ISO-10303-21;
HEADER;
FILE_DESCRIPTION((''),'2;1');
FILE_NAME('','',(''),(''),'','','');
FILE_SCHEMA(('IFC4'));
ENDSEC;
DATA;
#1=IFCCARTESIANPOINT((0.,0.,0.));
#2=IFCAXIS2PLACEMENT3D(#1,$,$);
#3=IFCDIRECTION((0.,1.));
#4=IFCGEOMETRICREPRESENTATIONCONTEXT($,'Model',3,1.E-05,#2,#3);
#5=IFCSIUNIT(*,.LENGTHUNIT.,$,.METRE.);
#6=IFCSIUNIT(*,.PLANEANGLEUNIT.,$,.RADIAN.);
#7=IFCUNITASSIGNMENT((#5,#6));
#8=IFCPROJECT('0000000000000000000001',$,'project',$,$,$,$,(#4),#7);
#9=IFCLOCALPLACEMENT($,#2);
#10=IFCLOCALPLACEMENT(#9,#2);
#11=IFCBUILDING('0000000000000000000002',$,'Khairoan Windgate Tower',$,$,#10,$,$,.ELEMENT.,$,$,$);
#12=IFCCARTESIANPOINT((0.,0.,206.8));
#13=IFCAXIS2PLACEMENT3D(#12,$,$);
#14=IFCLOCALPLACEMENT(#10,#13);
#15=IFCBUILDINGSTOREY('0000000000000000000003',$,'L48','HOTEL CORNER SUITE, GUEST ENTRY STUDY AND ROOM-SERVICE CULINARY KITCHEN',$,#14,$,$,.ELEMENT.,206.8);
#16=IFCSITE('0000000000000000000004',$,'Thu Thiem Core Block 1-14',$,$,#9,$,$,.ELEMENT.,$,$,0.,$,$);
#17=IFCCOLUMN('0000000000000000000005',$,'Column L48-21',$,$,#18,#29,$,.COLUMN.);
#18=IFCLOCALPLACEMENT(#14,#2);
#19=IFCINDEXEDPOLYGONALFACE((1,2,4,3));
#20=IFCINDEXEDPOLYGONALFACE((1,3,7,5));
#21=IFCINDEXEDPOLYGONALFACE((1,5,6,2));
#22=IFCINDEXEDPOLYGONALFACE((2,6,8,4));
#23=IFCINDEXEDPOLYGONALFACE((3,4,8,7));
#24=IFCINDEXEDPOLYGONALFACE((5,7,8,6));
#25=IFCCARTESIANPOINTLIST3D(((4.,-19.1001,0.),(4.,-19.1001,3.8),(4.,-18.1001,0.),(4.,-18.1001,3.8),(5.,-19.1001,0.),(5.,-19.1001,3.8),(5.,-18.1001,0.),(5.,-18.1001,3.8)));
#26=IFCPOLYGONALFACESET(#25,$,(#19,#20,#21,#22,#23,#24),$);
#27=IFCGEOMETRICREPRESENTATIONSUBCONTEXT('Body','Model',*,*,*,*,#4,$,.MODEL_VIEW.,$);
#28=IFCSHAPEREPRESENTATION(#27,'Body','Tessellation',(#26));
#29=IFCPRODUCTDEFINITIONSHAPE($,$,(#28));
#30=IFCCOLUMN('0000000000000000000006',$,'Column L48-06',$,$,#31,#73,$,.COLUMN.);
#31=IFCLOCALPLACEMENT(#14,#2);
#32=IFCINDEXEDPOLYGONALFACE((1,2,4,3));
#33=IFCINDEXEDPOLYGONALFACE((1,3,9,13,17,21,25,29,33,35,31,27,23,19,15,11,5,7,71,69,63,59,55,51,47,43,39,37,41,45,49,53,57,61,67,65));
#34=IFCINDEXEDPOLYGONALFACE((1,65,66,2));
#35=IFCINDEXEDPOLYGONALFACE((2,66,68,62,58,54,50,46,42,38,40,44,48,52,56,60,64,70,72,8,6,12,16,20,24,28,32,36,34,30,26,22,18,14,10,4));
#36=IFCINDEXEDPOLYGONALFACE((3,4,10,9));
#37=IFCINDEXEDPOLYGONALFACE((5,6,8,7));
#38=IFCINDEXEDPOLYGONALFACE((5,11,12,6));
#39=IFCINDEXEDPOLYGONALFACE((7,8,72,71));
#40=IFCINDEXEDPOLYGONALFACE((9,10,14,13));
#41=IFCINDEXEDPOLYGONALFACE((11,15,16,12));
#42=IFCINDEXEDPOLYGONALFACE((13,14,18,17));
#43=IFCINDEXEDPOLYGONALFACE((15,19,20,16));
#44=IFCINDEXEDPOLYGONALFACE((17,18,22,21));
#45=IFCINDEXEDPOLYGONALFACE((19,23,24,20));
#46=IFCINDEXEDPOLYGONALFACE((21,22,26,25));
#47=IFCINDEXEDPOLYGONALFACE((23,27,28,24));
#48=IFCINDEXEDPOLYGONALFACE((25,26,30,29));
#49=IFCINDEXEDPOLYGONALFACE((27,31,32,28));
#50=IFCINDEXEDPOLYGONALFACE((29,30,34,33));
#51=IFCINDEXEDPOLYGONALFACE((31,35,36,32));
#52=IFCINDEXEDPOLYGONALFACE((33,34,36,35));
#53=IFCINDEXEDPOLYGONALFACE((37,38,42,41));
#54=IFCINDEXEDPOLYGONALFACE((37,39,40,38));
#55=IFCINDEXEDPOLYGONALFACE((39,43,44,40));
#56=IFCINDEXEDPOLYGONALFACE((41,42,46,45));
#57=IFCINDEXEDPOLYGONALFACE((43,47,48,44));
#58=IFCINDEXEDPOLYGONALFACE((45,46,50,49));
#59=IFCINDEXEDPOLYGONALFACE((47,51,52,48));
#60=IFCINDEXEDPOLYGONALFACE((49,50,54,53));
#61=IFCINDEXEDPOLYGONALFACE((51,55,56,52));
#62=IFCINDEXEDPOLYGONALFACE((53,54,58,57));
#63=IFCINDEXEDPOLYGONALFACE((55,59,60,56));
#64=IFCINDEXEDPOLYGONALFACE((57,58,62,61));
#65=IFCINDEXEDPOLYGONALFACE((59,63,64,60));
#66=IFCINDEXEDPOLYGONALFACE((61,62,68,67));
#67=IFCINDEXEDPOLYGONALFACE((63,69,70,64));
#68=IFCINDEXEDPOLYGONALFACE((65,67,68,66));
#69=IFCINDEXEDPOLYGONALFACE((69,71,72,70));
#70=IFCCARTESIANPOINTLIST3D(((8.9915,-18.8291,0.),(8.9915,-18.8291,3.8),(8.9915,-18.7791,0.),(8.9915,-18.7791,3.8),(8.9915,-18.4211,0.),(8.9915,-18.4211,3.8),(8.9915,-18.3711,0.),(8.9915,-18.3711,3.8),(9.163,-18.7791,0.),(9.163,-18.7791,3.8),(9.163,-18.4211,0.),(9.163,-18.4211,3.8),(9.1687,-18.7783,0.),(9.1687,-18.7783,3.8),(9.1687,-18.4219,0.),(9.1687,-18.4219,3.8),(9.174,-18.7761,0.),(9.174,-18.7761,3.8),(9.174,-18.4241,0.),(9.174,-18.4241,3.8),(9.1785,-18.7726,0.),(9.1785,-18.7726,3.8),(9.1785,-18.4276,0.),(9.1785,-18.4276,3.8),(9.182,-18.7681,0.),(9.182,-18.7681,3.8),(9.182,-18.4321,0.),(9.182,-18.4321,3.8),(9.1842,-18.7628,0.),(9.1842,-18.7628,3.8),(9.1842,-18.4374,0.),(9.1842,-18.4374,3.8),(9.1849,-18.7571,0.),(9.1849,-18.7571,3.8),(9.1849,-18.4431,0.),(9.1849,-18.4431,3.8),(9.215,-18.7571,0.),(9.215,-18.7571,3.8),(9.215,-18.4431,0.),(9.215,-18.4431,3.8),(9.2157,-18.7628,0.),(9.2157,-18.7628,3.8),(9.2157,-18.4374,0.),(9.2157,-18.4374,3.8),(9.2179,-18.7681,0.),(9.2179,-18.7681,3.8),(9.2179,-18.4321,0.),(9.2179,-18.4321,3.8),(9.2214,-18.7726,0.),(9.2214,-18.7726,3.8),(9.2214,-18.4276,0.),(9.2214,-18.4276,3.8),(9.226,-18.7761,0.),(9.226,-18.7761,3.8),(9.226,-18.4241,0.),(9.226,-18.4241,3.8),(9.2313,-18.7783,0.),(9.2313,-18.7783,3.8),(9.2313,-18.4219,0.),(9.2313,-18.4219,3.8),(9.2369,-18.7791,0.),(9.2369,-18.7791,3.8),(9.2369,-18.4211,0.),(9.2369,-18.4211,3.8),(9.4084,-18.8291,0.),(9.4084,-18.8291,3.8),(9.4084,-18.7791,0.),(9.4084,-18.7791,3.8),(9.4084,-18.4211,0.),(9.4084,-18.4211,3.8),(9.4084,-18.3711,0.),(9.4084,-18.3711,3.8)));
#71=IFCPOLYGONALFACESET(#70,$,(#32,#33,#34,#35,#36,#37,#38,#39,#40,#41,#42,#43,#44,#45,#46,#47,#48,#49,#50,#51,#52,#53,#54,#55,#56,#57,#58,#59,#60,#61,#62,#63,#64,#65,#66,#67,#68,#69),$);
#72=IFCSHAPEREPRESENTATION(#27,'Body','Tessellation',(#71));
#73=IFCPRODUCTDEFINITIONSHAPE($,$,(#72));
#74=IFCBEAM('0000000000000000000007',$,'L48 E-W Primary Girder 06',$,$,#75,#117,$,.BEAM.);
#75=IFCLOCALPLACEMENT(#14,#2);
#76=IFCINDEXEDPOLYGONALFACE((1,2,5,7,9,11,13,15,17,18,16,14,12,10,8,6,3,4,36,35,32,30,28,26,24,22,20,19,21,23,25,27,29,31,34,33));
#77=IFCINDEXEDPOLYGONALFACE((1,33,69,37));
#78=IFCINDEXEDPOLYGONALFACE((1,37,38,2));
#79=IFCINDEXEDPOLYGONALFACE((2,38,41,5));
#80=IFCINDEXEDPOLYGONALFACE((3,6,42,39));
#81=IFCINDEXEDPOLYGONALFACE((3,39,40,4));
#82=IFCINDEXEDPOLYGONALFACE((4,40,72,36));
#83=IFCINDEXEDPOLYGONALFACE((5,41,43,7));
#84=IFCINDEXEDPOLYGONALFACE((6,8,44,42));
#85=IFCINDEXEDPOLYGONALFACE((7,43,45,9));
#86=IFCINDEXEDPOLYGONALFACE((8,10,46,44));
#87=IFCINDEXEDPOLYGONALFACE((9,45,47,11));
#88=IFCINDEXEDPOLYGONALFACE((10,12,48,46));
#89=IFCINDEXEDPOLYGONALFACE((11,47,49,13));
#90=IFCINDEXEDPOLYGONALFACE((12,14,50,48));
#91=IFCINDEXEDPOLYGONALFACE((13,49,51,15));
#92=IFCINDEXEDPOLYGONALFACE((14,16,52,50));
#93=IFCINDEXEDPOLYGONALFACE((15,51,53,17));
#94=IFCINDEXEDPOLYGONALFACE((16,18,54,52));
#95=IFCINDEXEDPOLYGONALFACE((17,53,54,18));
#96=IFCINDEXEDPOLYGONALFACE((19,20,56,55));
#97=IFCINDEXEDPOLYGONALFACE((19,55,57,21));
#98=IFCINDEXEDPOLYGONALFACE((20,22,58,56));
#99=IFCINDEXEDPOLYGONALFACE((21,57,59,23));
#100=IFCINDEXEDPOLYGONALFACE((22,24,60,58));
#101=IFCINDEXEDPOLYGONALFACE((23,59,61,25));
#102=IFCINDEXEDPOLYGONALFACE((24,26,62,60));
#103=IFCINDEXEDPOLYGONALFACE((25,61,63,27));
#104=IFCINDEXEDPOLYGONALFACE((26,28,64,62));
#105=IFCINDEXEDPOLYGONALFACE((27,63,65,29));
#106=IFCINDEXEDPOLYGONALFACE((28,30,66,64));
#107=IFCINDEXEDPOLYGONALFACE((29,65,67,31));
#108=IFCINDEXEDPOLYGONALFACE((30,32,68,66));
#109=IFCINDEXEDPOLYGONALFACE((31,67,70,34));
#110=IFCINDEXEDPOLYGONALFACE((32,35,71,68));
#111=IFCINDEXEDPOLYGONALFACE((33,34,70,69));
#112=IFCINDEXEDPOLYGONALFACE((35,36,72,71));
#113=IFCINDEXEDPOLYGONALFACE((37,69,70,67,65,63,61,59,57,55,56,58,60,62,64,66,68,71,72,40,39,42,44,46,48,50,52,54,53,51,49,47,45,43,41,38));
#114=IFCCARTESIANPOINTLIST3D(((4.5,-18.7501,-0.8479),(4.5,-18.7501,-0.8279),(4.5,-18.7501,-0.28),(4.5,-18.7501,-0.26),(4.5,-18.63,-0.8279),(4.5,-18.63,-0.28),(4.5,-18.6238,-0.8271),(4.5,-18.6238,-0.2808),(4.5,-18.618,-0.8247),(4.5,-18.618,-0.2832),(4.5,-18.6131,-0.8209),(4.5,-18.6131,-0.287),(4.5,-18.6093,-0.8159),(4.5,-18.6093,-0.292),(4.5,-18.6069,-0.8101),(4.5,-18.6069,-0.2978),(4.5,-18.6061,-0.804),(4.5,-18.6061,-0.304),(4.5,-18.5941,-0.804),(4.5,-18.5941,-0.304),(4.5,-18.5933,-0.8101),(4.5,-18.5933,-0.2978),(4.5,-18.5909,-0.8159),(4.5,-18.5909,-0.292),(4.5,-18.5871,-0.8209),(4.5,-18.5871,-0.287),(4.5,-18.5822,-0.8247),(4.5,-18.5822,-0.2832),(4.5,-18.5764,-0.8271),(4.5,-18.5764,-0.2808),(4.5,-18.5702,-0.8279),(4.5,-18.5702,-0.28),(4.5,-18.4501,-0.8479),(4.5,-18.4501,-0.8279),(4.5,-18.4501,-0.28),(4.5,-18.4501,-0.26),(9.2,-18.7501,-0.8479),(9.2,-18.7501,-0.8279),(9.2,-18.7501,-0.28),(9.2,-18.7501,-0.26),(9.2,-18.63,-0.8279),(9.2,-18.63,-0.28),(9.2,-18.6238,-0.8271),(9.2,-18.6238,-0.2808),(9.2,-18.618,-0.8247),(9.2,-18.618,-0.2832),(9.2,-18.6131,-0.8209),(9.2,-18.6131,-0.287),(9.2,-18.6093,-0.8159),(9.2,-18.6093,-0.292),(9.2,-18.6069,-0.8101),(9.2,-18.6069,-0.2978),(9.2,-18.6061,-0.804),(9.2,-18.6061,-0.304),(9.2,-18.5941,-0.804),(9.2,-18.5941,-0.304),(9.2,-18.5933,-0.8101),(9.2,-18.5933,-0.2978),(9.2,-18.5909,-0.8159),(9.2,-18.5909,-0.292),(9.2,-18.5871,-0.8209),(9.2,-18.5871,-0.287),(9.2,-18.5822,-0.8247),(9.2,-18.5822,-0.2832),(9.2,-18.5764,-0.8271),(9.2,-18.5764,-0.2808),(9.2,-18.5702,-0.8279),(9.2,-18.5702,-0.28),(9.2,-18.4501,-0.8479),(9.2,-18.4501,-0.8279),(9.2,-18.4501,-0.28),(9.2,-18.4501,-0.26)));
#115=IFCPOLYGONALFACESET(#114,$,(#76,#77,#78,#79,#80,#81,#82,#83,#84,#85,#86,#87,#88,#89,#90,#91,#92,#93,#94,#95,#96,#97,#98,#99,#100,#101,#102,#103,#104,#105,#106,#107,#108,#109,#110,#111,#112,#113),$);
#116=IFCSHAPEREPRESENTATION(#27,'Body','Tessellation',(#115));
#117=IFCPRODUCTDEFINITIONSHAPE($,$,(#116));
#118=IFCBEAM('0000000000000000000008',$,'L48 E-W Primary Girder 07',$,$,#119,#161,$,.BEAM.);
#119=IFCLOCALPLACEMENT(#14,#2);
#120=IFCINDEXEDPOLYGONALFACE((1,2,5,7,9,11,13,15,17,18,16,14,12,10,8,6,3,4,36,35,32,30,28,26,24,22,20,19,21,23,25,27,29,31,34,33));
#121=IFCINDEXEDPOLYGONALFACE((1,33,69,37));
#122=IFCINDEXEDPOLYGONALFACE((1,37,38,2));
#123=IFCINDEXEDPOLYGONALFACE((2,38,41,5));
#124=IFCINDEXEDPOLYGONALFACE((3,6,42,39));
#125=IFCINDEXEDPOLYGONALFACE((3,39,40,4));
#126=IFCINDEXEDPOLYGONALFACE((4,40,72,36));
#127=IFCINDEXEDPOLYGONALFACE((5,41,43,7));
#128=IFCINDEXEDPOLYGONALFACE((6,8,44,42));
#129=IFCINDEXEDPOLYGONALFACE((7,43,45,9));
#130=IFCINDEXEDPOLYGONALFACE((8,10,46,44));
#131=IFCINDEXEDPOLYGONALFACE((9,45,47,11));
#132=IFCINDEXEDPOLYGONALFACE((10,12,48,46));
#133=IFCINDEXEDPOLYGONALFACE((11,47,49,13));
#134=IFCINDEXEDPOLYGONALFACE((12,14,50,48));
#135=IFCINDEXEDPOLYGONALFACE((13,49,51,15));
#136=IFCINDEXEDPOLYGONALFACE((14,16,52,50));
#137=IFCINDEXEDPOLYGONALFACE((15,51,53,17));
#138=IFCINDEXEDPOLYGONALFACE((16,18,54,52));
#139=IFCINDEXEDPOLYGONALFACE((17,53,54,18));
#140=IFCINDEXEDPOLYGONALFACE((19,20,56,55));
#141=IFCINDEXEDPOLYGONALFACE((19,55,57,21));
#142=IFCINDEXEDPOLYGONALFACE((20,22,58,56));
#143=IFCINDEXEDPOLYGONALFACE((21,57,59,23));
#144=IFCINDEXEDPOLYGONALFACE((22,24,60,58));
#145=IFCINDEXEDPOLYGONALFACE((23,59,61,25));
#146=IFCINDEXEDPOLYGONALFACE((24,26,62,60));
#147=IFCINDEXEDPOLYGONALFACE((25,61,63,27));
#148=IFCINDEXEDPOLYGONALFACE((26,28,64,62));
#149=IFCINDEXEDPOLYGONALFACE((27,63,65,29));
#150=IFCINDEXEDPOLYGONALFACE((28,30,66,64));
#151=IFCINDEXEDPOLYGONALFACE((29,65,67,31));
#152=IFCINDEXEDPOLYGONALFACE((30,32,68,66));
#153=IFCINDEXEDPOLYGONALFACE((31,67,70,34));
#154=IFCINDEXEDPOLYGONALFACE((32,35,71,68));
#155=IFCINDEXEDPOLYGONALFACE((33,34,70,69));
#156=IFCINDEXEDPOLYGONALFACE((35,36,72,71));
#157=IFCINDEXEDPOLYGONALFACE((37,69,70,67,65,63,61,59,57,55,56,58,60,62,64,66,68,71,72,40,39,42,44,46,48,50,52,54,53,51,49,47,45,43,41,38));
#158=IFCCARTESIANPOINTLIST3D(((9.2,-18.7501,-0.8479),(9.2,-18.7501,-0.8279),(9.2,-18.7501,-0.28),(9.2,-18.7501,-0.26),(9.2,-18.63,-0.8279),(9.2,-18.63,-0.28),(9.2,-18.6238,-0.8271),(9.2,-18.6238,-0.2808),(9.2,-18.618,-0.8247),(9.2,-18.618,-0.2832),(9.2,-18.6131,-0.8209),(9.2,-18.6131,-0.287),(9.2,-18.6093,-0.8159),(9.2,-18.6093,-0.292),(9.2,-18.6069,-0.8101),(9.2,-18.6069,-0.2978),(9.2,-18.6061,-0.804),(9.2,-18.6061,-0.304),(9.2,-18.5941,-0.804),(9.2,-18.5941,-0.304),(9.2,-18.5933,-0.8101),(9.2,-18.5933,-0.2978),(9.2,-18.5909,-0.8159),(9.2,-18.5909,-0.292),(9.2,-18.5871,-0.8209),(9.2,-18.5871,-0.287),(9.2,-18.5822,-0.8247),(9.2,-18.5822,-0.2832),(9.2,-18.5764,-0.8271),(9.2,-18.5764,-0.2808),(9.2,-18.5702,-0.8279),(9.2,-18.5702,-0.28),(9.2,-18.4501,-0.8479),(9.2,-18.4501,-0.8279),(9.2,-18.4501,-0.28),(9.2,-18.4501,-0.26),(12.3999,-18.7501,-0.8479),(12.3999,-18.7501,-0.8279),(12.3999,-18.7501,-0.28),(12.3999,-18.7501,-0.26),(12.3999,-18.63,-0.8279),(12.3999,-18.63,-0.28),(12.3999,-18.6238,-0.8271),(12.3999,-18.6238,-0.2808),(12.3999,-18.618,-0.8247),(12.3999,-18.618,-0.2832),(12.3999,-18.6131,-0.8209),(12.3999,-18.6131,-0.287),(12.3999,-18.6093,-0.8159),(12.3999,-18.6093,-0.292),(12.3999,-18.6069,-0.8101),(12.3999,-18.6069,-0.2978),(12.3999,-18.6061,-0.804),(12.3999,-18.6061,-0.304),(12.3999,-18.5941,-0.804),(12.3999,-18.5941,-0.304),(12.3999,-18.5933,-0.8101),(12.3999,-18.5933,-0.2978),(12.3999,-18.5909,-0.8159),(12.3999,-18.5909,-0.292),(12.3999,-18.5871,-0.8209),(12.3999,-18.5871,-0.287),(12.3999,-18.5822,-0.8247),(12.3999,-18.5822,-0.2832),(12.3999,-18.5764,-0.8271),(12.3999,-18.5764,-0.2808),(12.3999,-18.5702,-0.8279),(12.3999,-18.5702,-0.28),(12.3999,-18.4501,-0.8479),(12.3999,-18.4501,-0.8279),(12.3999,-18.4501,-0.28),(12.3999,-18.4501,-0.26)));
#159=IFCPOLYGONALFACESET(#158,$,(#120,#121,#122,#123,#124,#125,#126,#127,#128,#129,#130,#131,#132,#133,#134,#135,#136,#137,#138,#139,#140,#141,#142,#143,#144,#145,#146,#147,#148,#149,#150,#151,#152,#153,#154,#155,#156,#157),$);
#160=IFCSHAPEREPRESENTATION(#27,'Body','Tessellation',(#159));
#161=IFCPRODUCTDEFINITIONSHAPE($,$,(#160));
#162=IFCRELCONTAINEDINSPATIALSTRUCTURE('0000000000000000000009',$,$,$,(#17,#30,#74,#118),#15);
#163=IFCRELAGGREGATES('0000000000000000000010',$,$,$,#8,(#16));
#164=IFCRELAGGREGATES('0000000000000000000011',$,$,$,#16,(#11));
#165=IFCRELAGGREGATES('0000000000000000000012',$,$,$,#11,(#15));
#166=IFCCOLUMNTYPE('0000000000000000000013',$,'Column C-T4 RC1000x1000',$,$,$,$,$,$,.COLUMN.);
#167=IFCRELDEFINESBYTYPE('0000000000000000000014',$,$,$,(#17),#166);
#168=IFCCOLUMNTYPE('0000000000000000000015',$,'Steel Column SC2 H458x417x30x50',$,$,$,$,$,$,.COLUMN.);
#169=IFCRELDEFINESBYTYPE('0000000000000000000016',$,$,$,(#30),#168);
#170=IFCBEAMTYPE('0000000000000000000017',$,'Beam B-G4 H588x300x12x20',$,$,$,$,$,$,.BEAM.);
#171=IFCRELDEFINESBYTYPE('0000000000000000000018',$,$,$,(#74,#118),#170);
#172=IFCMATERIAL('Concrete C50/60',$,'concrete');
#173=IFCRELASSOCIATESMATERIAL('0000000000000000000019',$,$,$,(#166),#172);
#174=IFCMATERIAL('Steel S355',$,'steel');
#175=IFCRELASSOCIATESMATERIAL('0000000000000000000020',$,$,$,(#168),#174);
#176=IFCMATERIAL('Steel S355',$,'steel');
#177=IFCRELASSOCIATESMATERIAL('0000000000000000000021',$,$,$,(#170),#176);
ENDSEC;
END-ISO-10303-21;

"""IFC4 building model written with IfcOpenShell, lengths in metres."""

from ifc_helpers import new_model, si_unit, direction, frame, origin, origin_2d, place, context, subcontext, project, spatial, rectangle, i_section, extrude, material, material_profile, profile_set, type_object, element, save


model = new_model("IFC4")

# Units and contexts
model_context = context("Model", 3, precision=1e-05, world=origin(), true_north=direction((0.0, 1.0)))
body_context = subcontext(model_context, "Body", "Model", "MODEL_VIEW")
ifc_project = project(units=[si_unit("LENGTHUNIT", "METRE"), si_unit("PLANEANGLEUNIT", "RADIAN")], contexts=[model_context])

# Site, building, storey
site_placement = place(None, origin())
site = spatial("IfcSite", under=ifc_project, at=site_placement, Name="Thu Thiem Core Block 1-14", CompositionType="ELEMENT", RefElevation=0.0)
building_placement = place(site_placement, origin())
building = spatial("IfcBuilding", under=site, at=building_placement, Name="Khairoan Windgate Tower", CompositionType="ELEMENT")
storey_placement = place(building_placement, frame((0.0, 0.0, 206.8)))
storey = spatial("IfcBuildingStorey", under=building, at=storey_placement, Name="L48", Description="HOTEL CORNER SUITE, GUEST ENTRY STUDY AND ROOM-SERVICE CULINARY KITCHEN", CompositionType="ELEMENT", Elevation=206.8)

# Columns
ifc_material_1 = material(Name="Concrete C50/60", Category="concrete")
ifc_material_profile_1 = material_profile(ifc_material_1, rectangle(XDim=1.0, YDim=1.0, at=origin_2d()))
ifc_profile_set_1 = profile_set([ifc_material_profile_1], Name="Concrete C50/60")
column_type_1 = type_object("IfcColumnType", Name="Column C-T4 RC1000x1000", PredefinedType="COLUMN", material=ifc_profile_set_1)
column_1_placement = place(storey_placement, frame((4.5, -18.6001, 0.0), z_axis=(0.0, 0.0, 1.0), x_axis=(1.0, 0.0, 0.0)))
element("IfcColumn", 1, at=column_1_placement, inside=storey, type_object=column_type_1, Name="Column L48-21", PredefinedType="COLUMN", context=body_context, shape_type="SweptSolid", body=[
    extrude(rectangle(XDim=1.0, YDim=1.0, at=origin_2d()), origin(), (0.0, 0.0, 1.0), 3.8),
])
ifc_material_2 = material(Name="Steel S355", Category="steel")
ifc_material_profile_2 = material_profile(ifc_material_2, i_section(OverallWidth=0.417, OverallDepth=0.458, WebThickness=0.03, FlangeThickness=0.05, FilletRadius=0.022, at=origin_2d()))
ifc_profile_set_2 = profile_set([ifc_material_profile_2], Name="Steel S355")
column_type_2 = type_object("IfcColumnType", Name="Steel Column SC2 H458x417x30x50", PredefinedType="COLUMN", material=ifc_profile_set_2)
column_2_placement = place(storey_placement, frame((9.2, -18.6001, 0.0), z_axis=(0.0, 0.0, 1.0), x_axis=(1.0, 0.0, 0.0)))
element("IfcColumn", 2, at=column_2_placement, inside=storey, type_object=column_type_2, Name="Column L48-06", PredefinedType="COLUMN", context=body_context, shape_type="SweptSolid", body=[
    extrude(i_section(OverallWidth=0.417, OverallDepth=0.458, WebThickness=0.03, FlangeThickness=0.05, FilletRadius=0.022, at=origin_2d()), origin(), (0.0, 0.0, 1.0), 3.8),
])

# Beams
ifc_material_3 = material(Name="Steel S355", Category="steel")
ifc_material_profile_3 = material_profile(ifc_material_3, i_section(OverallWidth=0.3, OverallDepth=0.5879, WebThickness=0.012, FlangeThickness=0.02, FilletRadius=0.0239, at=origin_2d()))
ifc_profile_set_3 = profile_set([ifc_material_profile_3], Name="Steel S355")
beam_type_1 = type_object("IfcBeamType", Name="Beam B-G4 H588x300x12x20", PredefinedType="BEAM", material=ifc_profile_set_3)
beam_1_placement = place(storey_placement, frame((4.5, -18.6001, -0.554), z_axis=(1.0, 0.0, 0.0), x_axis=(0.0, 1.0, 0.0)))
element("IfcBeam", 3, at=beam_1_placement, inside=storey, type_object=beam_type_1, Name="L48 E-W Primary Girder 06", PredefinedType="BEAM", context=body_context, shape_type="SweptSolid", body=[
    extrude(i_section(OverallWidth=0.3, OverallDepth=0.5879, WebThickness=0.012, FlangeThickness=0.02, FilletRadius=0.0239, at=origin_2d()), origin(), (0.0, 0.0, 1.0), 4.7),
])
beam_2_placement = place(storey_placement, frame((9.2, -18.6001, -0.554), z_axis=(1.0, 0.0, 0.0), x_axis=(0.0, 1.0, 0.0)))
element("IfcBeam", 4, at=beam_2_placement, inside=storey, type_object=beam_type_1, Name="L48 E-W Primary Girder 07", PredefinedType="BEAM", context=body_context, shape_type="SweptSolid", body=[
    extrude(i_section(OverallWidth=0.3, OverallDepth=0.5879, WebThickness=0.012, FlangeThickness=0.02, FilletRadius=0.0239, at=origin_2d()), origin(), (0.0, 0.0, 1.0), 3.2),
])

save(model, "model.ifc")
